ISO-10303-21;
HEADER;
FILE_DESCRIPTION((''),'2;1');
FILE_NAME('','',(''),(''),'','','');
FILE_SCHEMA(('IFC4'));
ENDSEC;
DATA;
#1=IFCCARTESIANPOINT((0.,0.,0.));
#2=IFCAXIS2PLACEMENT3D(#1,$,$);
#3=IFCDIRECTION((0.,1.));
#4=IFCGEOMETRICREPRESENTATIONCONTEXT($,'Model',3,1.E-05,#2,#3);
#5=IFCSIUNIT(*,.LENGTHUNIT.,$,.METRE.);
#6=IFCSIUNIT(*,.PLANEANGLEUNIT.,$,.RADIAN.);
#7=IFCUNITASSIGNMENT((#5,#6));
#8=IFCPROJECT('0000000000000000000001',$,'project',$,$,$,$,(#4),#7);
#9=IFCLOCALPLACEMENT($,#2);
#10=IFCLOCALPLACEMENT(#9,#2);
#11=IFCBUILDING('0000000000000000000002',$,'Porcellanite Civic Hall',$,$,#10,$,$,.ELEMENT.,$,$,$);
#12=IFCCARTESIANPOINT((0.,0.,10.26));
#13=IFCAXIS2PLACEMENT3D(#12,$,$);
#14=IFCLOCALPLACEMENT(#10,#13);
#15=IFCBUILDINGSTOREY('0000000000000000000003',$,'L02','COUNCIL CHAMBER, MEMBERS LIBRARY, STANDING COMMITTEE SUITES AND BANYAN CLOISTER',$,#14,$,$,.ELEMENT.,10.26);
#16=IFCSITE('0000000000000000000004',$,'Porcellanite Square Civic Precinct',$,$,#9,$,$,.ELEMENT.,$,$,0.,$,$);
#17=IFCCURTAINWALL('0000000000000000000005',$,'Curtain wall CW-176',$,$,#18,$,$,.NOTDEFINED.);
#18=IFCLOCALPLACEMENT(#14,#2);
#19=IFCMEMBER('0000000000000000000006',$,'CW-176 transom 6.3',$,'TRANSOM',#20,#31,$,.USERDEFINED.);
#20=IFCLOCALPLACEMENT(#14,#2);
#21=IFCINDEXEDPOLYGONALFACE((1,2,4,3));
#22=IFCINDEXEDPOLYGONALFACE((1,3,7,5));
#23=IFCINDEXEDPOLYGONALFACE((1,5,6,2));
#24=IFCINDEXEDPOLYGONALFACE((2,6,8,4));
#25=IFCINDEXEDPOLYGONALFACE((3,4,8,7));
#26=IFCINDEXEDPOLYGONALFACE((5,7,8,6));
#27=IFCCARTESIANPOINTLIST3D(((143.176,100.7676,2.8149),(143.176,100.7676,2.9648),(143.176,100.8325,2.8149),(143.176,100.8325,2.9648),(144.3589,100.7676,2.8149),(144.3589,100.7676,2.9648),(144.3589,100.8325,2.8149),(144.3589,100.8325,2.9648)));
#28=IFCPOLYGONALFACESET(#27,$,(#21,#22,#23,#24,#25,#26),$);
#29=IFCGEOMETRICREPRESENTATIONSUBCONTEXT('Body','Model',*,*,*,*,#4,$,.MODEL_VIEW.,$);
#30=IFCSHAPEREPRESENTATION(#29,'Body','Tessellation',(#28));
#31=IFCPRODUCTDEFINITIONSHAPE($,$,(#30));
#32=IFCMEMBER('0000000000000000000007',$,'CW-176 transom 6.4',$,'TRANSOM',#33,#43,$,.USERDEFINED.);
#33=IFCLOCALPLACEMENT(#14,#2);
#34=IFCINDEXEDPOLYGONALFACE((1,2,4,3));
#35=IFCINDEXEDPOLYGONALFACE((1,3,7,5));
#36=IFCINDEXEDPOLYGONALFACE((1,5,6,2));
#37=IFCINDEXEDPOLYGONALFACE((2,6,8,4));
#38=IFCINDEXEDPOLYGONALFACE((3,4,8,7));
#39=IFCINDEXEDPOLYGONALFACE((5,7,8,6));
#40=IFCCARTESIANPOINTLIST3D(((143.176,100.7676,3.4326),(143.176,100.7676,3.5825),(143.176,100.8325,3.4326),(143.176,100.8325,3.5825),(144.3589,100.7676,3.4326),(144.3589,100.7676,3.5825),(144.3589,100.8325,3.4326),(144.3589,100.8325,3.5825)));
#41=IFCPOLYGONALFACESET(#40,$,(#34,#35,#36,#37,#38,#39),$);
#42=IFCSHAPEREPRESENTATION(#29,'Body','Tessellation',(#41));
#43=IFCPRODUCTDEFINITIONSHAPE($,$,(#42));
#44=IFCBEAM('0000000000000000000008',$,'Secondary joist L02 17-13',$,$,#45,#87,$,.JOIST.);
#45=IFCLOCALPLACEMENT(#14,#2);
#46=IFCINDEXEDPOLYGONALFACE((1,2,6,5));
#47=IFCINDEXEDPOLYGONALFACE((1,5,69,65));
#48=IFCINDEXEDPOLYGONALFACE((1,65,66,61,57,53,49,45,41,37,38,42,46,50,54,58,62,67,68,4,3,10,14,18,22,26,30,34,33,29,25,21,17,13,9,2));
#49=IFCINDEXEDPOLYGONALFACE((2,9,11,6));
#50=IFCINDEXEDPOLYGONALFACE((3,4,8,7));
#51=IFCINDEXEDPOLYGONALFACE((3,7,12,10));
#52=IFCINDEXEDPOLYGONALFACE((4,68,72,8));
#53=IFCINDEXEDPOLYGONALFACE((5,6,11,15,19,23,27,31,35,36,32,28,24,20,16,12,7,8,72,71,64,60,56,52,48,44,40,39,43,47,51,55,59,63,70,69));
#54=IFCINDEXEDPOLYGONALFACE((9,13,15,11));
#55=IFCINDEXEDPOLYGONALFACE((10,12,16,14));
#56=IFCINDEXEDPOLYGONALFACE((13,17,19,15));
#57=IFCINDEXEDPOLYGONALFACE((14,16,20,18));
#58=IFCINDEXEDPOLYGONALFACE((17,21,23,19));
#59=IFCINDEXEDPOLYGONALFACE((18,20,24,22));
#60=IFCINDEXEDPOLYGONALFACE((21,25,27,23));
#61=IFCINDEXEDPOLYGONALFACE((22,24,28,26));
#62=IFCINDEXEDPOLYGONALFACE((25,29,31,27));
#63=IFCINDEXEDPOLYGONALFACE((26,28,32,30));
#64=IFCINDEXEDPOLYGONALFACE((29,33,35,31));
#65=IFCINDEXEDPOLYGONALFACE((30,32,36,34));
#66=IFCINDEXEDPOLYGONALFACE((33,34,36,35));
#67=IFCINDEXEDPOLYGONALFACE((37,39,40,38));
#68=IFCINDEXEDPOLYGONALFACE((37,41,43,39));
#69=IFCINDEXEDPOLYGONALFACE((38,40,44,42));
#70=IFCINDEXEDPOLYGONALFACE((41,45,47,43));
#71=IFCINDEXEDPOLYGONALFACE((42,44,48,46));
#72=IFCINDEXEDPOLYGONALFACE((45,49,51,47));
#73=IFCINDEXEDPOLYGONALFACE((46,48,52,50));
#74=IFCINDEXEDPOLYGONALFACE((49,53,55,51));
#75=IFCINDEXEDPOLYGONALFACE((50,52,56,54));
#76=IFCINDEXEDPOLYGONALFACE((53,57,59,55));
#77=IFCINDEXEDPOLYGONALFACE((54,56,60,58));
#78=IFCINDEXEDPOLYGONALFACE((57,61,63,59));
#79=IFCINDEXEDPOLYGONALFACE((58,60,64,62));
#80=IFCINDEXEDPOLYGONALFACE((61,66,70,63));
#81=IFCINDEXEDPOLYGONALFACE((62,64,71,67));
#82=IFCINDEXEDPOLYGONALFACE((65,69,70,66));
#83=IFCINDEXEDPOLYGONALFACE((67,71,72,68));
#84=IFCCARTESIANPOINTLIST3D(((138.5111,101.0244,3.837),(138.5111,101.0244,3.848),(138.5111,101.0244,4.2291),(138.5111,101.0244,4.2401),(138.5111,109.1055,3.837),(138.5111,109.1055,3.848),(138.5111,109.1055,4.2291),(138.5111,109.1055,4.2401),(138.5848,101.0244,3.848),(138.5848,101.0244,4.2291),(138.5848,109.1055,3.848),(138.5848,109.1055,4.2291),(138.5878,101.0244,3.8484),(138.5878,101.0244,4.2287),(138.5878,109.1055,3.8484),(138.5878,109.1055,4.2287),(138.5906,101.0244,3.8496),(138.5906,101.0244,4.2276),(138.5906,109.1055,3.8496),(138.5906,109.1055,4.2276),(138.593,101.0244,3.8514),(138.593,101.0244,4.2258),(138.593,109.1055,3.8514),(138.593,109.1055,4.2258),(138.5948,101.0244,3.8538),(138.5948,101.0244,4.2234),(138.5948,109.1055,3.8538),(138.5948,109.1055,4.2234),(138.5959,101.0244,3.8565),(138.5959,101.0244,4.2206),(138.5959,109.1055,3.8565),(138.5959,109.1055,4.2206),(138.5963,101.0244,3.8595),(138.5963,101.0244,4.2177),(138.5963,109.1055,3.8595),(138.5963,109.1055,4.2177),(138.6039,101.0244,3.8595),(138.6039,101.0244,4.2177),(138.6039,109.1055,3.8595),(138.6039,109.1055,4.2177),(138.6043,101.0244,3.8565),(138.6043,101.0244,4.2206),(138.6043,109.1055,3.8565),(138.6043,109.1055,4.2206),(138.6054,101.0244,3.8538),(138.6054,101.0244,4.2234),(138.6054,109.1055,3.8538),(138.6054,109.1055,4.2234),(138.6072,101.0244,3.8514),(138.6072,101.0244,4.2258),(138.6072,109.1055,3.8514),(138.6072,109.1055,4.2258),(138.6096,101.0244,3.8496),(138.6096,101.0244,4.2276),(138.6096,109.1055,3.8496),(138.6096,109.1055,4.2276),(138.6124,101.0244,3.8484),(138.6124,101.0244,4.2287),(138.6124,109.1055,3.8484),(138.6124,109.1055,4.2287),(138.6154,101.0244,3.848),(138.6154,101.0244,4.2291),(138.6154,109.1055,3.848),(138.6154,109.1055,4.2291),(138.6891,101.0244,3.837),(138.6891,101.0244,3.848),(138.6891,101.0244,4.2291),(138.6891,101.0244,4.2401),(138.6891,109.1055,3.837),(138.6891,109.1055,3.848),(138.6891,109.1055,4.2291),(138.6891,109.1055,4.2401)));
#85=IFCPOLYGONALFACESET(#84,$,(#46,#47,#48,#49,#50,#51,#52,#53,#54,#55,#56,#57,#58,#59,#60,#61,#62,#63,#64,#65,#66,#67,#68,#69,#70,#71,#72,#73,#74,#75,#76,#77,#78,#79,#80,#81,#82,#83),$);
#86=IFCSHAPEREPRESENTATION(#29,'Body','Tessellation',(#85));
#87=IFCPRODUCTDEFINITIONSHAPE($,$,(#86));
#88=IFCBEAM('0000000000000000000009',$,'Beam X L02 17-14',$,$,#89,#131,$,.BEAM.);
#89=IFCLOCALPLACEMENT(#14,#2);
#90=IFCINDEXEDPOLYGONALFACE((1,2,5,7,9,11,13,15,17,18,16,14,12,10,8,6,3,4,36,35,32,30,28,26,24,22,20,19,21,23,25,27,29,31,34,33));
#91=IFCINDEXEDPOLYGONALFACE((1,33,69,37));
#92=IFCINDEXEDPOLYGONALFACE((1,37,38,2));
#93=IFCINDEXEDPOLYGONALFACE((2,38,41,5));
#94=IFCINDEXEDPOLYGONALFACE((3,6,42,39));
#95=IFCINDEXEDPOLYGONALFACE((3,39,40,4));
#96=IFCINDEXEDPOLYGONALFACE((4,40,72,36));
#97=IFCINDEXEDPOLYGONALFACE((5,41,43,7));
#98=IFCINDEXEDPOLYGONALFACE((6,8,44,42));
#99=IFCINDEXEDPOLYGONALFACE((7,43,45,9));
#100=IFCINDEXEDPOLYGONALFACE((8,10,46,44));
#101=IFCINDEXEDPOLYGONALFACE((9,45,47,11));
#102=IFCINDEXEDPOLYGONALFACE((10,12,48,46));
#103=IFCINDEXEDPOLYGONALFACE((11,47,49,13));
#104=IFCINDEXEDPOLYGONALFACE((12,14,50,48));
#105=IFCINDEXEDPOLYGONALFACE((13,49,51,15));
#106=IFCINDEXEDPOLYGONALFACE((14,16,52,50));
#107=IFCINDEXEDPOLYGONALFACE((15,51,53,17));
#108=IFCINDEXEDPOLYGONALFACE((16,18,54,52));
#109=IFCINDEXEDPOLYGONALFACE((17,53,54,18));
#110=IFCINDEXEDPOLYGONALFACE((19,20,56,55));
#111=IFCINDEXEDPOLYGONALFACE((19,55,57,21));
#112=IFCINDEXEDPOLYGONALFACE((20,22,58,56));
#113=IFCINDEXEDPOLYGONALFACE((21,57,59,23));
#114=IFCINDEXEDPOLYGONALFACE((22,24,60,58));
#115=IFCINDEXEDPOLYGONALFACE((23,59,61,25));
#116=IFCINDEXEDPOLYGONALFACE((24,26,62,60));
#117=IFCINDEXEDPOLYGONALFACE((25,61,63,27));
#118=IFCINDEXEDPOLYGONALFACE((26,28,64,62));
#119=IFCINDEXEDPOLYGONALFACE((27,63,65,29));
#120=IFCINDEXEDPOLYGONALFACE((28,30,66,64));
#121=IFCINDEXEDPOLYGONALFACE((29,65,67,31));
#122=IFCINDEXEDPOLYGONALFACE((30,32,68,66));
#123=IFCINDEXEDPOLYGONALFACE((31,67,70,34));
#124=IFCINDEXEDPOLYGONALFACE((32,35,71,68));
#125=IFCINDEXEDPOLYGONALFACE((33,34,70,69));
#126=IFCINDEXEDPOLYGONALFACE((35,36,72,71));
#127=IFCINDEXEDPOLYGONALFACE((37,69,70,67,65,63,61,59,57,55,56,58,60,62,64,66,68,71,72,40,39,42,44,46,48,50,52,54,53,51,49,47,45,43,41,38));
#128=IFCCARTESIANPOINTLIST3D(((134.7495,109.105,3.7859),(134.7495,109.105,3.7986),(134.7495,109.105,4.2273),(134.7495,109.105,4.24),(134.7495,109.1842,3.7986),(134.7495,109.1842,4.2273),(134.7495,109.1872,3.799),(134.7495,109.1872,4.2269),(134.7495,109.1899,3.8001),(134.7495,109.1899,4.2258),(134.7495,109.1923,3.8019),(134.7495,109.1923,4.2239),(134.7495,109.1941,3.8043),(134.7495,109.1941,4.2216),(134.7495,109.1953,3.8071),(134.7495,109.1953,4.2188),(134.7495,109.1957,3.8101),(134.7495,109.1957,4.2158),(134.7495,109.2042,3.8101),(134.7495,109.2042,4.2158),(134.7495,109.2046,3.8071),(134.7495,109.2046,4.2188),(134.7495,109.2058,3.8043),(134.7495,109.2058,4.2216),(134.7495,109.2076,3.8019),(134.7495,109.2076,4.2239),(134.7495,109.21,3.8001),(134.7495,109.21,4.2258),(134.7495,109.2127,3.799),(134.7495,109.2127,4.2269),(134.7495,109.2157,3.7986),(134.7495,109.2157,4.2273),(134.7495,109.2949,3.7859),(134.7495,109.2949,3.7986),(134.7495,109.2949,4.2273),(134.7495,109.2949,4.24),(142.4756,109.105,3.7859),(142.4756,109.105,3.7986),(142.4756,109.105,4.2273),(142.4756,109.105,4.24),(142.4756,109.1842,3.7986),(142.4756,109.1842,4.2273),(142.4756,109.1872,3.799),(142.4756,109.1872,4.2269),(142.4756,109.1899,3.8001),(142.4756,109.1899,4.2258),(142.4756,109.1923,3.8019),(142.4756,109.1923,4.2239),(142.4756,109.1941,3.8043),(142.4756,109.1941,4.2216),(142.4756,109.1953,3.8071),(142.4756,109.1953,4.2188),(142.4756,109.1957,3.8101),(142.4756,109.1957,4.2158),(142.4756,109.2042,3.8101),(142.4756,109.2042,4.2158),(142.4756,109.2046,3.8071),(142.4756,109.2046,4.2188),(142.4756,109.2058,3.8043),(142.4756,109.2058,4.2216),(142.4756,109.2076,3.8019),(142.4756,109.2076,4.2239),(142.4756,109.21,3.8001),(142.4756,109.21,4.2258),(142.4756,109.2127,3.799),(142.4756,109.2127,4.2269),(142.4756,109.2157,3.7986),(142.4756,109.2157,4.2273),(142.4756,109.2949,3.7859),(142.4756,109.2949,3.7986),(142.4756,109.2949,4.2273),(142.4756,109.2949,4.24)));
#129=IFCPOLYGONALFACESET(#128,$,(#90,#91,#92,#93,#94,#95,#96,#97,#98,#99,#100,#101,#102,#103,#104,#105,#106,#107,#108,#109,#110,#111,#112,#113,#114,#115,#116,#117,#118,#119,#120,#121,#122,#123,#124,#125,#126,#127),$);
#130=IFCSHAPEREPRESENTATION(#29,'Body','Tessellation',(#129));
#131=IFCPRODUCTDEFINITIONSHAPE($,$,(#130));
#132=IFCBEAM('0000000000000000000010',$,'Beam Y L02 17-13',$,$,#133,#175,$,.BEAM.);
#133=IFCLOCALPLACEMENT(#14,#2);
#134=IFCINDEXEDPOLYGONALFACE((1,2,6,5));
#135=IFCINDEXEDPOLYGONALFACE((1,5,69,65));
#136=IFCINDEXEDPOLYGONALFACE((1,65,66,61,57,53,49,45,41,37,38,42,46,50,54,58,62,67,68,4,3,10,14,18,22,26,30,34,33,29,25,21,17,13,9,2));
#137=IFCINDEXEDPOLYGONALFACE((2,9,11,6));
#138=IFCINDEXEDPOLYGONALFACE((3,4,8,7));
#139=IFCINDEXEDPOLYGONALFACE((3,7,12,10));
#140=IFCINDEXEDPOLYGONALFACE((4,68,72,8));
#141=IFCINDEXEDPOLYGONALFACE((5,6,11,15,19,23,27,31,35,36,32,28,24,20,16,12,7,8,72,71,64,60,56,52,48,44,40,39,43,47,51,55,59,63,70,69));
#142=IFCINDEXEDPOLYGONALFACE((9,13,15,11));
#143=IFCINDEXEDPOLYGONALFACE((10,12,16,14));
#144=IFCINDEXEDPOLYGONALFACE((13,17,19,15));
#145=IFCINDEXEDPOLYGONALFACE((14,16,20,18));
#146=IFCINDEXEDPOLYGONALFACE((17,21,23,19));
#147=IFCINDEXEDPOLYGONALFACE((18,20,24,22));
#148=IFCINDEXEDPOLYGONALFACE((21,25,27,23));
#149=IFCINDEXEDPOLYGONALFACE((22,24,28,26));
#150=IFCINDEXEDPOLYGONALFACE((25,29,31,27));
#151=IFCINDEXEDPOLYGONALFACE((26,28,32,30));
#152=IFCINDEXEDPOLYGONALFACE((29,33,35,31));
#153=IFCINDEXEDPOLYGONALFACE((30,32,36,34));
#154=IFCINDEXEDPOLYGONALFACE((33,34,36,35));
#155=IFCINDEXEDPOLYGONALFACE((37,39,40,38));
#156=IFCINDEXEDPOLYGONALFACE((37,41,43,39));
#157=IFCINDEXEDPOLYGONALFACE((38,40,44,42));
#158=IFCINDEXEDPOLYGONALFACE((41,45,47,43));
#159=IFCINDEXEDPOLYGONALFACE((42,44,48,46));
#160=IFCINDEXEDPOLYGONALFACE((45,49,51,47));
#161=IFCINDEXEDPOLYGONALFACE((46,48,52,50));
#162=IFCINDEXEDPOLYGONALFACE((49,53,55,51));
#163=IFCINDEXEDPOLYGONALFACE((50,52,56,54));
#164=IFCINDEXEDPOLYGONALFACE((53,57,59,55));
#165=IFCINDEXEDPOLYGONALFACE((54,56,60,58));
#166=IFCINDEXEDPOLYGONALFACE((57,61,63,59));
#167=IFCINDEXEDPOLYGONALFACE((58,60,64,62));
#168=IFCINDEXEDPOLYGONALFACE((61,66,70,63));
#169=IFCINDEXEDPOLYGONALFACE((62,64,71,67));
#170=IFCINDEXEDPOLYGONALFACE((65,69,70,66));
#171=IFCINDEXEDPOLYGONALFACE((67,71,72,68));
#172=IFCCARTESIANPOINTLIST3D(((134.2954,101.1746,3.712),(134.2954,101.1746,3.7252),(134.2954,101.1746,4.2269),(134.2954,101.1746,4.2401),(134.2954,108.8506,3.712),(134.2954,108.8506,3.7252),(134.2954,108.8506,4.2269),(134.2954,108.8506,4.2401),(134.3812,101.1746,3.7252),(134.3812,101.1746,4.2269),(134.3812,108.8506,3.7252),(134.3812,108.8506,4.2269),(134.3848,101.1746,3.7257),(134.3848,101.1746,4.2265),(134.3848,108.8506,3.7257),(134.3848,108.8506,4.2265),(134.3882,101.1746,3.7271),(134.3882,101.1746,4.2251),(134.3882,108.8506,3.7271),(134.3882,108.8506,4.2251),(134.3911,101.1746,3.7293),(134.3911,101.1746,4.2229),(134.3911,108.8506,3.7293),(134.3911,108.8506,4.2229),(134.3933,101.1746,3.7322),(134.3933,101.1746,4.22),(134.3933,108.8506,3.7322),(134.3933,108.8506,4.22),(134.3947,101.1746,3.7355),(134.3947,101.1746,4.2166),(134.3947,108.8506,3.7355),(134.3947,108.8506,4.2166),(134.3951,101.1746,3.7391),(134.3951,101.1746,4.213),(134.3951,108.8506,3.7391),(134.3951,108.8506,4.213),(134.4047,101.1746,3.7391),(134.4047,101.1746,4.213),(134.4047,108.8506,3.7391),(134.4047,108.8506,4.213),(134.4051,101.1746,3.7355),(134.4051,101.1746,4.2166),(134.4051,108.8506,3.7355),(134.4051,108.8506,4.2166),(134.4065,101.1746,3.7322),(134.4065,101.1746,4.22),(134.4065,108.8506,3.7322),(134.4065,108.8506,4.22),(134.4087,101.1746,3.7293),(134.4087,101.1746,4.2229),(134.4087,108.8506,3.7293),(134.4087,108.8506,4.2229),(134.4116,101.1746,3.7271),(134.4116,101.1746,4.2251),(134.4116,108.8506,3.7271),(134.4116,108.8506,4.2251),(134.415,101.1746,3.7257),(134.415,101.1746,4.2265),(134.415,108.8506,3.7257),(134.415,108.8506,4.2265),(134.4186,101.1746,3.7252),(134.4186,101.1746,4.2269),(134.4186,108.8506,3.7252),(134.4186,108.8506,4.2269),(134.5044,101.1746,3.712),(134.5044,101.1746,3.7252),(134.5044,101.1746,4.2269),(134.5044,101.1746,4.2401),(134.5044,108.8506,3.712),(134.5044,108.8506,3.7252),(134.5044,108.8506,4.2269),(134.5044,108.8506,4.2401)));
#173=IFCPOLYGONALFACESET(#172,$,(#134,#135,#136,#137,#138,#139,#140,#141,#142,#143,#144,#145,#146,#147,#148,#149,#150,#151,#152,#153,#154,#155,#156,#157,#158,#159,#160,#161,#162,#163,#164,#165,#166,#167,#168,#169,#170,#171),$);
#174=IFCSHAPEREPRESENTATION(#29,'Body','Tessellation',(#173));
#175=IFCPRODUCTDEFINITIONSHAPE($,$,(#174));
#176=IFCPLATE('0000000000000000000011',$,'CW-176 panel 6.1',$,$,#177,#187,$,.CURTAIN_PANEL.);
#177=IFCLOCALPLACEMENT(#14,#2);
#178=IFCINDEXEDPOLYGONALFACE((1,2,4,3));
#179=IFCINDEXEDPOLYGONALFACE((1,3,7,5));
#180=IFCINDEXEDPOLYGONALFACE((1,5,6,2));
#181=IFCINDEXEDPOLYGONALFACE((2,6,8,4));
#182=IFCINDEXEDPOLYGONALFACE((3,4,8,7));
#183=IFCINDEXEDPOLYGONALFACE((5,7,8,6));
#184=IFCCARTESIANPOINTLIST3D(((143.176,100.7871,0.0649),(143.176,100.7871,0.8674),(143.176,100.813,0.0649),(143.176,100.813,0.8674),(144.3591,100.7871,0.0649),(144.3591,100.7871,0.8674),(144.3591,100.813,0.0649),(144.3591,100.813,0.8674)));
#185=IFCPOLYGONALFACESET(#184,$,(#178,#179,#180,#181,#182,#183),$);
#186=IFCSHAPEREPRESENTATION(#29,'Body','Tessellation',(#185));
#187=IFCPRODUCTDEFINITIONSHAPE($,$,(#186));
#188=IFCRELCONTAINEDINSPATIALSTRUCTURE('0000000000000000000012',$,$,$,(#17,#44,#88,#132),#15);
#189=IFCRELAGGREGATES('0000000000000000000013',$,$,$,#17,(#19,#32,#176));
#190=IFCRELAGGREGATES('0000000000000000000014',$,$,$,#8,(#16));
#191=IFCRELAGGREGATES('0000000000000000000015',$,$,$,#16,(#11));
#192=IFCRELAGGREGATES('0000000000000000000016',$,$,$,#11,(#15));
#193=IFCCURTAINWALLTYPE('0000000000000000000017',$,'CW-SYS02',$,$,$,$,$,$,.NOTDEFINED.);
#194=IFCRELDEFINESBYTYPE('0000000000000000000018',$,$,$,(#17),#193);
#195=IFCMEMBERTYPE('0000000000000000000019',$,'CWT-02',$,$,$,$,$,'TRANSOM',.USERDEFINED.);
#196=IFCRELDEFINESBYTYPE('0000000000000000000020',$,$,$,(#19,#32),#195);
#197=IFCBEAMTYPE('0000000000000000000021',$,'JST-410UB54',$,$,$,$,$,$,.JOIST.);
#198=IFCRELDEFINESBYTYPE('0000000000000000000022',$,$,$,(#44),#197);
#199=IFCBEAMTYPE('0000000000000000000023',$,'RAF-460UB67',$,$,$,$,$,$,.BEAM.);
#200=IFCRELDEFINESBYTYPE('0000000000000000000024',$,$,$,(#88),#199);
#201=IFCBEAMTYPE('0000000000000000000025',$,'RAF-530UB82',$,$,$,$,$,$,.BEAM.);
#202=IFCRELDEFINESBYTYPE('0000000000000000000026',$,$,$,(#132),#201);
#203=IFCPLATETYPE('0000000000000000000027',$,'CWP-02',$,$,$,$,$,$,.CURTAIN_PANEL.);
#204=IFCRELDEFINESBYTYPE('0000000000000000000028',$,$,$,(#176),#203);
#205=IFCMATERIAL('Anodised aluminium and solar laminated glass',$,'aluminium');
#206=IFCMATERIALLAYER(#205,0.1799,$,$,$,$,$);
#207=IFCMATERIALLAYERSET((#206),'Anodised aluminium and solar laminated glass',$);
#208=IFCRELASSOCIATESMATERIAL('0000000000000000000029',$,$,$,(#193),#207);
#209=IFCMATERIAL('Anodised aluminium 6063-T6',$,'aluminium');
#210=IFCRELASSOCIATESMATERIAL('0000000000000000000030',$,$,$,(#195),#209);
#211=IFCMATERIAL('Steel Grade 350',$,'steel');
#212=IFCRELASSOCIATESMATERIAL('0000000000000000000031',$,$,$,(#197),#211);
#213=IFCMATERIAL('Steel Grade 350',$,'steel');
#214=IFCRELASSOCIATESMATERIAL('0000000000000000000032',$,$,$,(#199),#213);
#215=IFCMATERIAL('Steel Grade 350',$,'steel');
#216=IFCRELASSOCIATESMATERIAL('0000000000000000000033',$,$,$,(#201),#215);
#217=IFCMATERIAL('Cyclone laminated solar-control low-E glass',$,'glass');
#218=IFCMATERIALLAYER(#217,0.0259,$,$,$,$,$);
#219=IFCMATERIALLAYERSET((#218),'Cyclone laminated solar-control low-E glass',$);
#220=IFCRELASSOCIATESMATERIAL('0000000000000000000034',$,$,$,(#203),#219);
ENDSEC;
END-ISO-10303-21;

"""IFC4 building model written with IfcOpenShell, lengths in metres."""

from ifc_helpers import new_model, si_unit, direction, frame, origin, origin_2d, place, context, subcontext, project, spatial, rectangle, i_section, extrude, material, layer, layer_set, material_profile, profile_set, type_object, element, aggregate, save


model = new_model("IFC4")

# Units and contexts
model_context = context("Model", 3, precision=1e-05, world=origin(), true_north=direction((0.0, 1.0)))
body_context = subcontext(model_context, "Body", "Model", "MODEL_VIEW")
ifc_project = project(units=[si_unit("LENGTHUNIT", "METRE"), si_unit("PLANEANGLEUNIT", "RADIAN")], contexts=[model_context])

# Site, building, storey
site_placement = place(None, origin())
site = spatial("IfcSite", under=ifc_project, at=site_placement, Name="Porcellanite Square Civic Precinct", CompositionType="ELEMENT", RefElevation=0.0)
building_placement = place(site_placement, origin())
building = spatial("IfcBuilding", under=site, at=building_placement, Name="Porcellanite Civic Hall", CompositionType="ELEMENT")
storey_placement = place(building_placement, frame((0.0, 0.0, 10.26)))
storey = spatial("IfcBuildingStorey", under=building, at=storey_placement, Name="L02", Description="COUNCIL CHAMBER, MEMBERS LIBRARY, STANDING COMMITTEE SUITES AND BANYAN CLOISTER", CompositionType="ELEMENT", Elevation=10.26)

# Curtain wall
ifc_material_1 = material(Name="Anodised aluminium and solar laminated glass", Category="aluminium")
ifc_layer_1 = layer(ifc_material_1, 0.1799)
ifc_layer_set_1 = layer_set([ifc_layer_1], Name="Anodised aluminium and solar laminated glass")
curtain_wall_type_1 = type_object("IfcCurtainWallType", Name="CW-SYS02", PredefinedType="NOTDEFINED", material=ifc_layer_set_1)
curtain_wall_1_placement = place(storey_placement, origin())
curtain_wall_1 = element("IfcCurtainWall", 1, at=curtain_wall_1_placement, inside=storey, type_object=curtain_wall_type_1, Name="Curtain wall CW-176", PredefinedType="NOTDEFINED")

# Members
ifc_material_2 = material(Name="Anodised aluminium 6063-T6", Category="aluminium")
ifc_material_profile_1 = material_profile(ifc_material_2, rectangle(XDim=0.0649, YDim=0.1499, at=origin_2d()), Name="AL-65x150")
ifc_profile_set_1 = profile_set([ifc_material_profile_1], Name="Anodised aluminium 6063-T6")
member_type_1 = type_object("IfcMemberType", Name="CWT-02", ElementType="TRANSOM", PredefinedType="USERDEFINED", material=ifc_profile_set_1)
member_1_placement = place(storey_placement, frame((144.3589, 100.8, 2.8899), z_axis=(-1.0, 0.0, 0.0), x_axis=(0.0, -1.0, 0.0)))
member_1 = element("IfcMember", 2, at=member_1_placement, type_object=member_type_1, Name="CW-176 transom 6.3", ObjectType="TRANSOM", PredefinedType="USERDEFINED", context=body_context, shape_type="SweptSolid", body=[
    extrude(rectangle(XDim=0.0649, YDim=0.1499, at=origin_2d()), origin(), (0.0, 0.0, 1.0), 1.1829),
])
member_2_placement = place(storey_placement, frame((144.3589, 100.8, 3.5076), z_axis=(-1.0, 0.0, 0.0), x_axis=(0.0, -1.0, 0.0)))
member_2 = element("IfcMember", 3, at=member_2_placement, type_object=member_type_1, Name="CW-176 transom 6.4", ObjectType="TRANSOM", PredefinedType="USERDEFINED", context=body_context, shape_type="SweptSolid", body=[
    extrude(rectangle(XDim=0.0649, YDim=0.1499, at=origin_2d()), origin(), (0.0, 0.0, 1.0), 1.1829),
])

# Beams
ifc_material_3 = material(Name="Steel Grade 350", Category="steel")
ifc_material_profile_2 = material_profile(ifc_material_3, i_section(OverallWidth=0.178, OverallDepth=0.4031, WebThickness=0.0076, FlangeThickness=0.011, FilletRadius=0.0115, at=origin_2d()), Name="410UB53.7")
ifc_profile_set_2 = profile_set([ifc_material_profile_2], Name="Steel Grade 350")
beam_type_1 = type_object("IfcBeamType", Name="JST-410UB54", PredefinedType="JOIST", material=ifc_profile_set_2)
beam_1_placement = place(storey_placement, frame((138.6001, 101.0244, 4.0386), z_axis=(0.0, 1.0, 0.0), x_axis=(-1.0, 0.0, 0.0)))
element("IfcBeam", 4, at=beam_1_placement, inside=storey, type_object=beam_type_1, Name="Secondary joist L02 17-13", PredefinedType="JOIST", context=body_context, shape_type="SweptSolid", body=[
    extrude(i_section(OverallWidth=0.178, OverallDepth=0.4031, WebThickness=0.0076, FlangeThickness=0.011, FilletRadius=0.0115, at=origin_2d()), origin(), (0.0, 0.0, 1.0), 8.0811),
])
ifc_material_4 = material(Name="Steel Grade 350", Category="steel")
ifc_material_profile_3 = material_profile(ifc_material_4, i_section(OverallWidth=0.1899, OverallDepth=0.4541, WebThickness=0.0085, FlangeThickness=0.0127, FilletRadius=0.0115, at=origin_2d()), Name="460UB67.1")
ifc_profile_set_3 = profile_set([ifc_material_profile_3], Name="Steel Grade 350")
beam_type_2 = type_object("IfcBeamType", Name="RAF-460UB67", PredefinedType="BEAM", material=ifc_profile_set_3)
beam_2_placement = place(storey_placement, frame((134.7495, 109.2, 4.0129), z_axis=(1.0, 0.0, 0.0), x_axis=(0.0, 1.0, 0.0)))
element("IfcBeam", 5, at=beam_2_placement, inside=storey, type_object=beam_type_2, Name="Beam X L02 17-14", PredefinedType="BEAM", context=body_context, shape_type="SweptSolid", body=[
    extrude(i_section(OverallWidth=0.1899, OverallDepth=0.4541, WebThickness=0.0085, FlangeThickness=0.0127, FilletRadius=0.0115, at=origin_2d()), origin(), (0.0, 0.0, 1.0), 7.7261),
])
ifc_material_5 = material(Name="Steel Grade 350", Category="steel")
ifc_material_profile_4 = material_profile(ifc_material_5, i_section(OverallWidth=0.209, OverallDepth=0.5281, WebThickness=0.0095, FlangeThickness=0.0132, FilletRadius=0.0139, at=origin_2d()), Name="530UB82.0")
ifc_profile_set_4 = profile_set([ifc_material_profile_4], Name="Steel Grade 350")
beam_type_3 = type_object("IfcBeamType", Name="RAF-530UB82", PredefinedType="BEAM", material=ifc_profile_set_4)
beam_3_placement = place(storey_placement, frame((134.3999, 101.1746, 3.9761), z_axis=(0.0, 1.0, 0.0), x_axis=(-1.0, 0.0, 0.0)))
element("IfcBeam", 6, at=beam_3_placement, inside=storey, type_object=beam_type_3, Name="Beam Y L02 17-13", PredefinedType="BEAM", context=body_context, shape_type="SweptSolid", body=[
    extrude(i_section(OverallWidth=0.209, OverallDepth=0.5281, WebThickness=0.0095, FlangeThickness=0.0132, FilletRadius=0.0139, at=origin_2d()), origin(), (0.0, 0.0, 1.0), 7.676),
])

# Plate
ifc_material_6 = material(Name="Cyclone laminated solar-control low-E glass", Category="glass")
ifc_layer_2 = layer(ifc_material_6, 0.0259)
ifc_layer_set_2 = layer_set([ifc_layer_2], Name="Cyclone laminated solar-control low-E glass")
plate_type = type_object("IfcPlateType", Name="CWP-02", PredefinedType="CURTAIN_PANEL", material=ifc_layer_set_2)
plate_1_placement = place(storey_placement, frame((143.7676, 100.8, 0.0649), z_axis=(0.0, 0.0, 1.0), x_axis=(-1.0, 0.0, 0.0)))
plate_1 = element("IfcPlate", 7, at=plate_1_placement, type_object=plate_type, Name="CW-176 panel 6.1", PredefinedType="CURTAIN_PANEL", context=body_context, shape_type="SweptSolid", body=[
    extrude(rectangle(XDim=1.1831, YDim=0.0259, at=origin_2d()), origin(), (0.0, 0.0, 1.0), 0.8025),
])
aggregate(curtain_wall_1, [member_1, member_2, plate_1])

save(model, "model.ifc")
